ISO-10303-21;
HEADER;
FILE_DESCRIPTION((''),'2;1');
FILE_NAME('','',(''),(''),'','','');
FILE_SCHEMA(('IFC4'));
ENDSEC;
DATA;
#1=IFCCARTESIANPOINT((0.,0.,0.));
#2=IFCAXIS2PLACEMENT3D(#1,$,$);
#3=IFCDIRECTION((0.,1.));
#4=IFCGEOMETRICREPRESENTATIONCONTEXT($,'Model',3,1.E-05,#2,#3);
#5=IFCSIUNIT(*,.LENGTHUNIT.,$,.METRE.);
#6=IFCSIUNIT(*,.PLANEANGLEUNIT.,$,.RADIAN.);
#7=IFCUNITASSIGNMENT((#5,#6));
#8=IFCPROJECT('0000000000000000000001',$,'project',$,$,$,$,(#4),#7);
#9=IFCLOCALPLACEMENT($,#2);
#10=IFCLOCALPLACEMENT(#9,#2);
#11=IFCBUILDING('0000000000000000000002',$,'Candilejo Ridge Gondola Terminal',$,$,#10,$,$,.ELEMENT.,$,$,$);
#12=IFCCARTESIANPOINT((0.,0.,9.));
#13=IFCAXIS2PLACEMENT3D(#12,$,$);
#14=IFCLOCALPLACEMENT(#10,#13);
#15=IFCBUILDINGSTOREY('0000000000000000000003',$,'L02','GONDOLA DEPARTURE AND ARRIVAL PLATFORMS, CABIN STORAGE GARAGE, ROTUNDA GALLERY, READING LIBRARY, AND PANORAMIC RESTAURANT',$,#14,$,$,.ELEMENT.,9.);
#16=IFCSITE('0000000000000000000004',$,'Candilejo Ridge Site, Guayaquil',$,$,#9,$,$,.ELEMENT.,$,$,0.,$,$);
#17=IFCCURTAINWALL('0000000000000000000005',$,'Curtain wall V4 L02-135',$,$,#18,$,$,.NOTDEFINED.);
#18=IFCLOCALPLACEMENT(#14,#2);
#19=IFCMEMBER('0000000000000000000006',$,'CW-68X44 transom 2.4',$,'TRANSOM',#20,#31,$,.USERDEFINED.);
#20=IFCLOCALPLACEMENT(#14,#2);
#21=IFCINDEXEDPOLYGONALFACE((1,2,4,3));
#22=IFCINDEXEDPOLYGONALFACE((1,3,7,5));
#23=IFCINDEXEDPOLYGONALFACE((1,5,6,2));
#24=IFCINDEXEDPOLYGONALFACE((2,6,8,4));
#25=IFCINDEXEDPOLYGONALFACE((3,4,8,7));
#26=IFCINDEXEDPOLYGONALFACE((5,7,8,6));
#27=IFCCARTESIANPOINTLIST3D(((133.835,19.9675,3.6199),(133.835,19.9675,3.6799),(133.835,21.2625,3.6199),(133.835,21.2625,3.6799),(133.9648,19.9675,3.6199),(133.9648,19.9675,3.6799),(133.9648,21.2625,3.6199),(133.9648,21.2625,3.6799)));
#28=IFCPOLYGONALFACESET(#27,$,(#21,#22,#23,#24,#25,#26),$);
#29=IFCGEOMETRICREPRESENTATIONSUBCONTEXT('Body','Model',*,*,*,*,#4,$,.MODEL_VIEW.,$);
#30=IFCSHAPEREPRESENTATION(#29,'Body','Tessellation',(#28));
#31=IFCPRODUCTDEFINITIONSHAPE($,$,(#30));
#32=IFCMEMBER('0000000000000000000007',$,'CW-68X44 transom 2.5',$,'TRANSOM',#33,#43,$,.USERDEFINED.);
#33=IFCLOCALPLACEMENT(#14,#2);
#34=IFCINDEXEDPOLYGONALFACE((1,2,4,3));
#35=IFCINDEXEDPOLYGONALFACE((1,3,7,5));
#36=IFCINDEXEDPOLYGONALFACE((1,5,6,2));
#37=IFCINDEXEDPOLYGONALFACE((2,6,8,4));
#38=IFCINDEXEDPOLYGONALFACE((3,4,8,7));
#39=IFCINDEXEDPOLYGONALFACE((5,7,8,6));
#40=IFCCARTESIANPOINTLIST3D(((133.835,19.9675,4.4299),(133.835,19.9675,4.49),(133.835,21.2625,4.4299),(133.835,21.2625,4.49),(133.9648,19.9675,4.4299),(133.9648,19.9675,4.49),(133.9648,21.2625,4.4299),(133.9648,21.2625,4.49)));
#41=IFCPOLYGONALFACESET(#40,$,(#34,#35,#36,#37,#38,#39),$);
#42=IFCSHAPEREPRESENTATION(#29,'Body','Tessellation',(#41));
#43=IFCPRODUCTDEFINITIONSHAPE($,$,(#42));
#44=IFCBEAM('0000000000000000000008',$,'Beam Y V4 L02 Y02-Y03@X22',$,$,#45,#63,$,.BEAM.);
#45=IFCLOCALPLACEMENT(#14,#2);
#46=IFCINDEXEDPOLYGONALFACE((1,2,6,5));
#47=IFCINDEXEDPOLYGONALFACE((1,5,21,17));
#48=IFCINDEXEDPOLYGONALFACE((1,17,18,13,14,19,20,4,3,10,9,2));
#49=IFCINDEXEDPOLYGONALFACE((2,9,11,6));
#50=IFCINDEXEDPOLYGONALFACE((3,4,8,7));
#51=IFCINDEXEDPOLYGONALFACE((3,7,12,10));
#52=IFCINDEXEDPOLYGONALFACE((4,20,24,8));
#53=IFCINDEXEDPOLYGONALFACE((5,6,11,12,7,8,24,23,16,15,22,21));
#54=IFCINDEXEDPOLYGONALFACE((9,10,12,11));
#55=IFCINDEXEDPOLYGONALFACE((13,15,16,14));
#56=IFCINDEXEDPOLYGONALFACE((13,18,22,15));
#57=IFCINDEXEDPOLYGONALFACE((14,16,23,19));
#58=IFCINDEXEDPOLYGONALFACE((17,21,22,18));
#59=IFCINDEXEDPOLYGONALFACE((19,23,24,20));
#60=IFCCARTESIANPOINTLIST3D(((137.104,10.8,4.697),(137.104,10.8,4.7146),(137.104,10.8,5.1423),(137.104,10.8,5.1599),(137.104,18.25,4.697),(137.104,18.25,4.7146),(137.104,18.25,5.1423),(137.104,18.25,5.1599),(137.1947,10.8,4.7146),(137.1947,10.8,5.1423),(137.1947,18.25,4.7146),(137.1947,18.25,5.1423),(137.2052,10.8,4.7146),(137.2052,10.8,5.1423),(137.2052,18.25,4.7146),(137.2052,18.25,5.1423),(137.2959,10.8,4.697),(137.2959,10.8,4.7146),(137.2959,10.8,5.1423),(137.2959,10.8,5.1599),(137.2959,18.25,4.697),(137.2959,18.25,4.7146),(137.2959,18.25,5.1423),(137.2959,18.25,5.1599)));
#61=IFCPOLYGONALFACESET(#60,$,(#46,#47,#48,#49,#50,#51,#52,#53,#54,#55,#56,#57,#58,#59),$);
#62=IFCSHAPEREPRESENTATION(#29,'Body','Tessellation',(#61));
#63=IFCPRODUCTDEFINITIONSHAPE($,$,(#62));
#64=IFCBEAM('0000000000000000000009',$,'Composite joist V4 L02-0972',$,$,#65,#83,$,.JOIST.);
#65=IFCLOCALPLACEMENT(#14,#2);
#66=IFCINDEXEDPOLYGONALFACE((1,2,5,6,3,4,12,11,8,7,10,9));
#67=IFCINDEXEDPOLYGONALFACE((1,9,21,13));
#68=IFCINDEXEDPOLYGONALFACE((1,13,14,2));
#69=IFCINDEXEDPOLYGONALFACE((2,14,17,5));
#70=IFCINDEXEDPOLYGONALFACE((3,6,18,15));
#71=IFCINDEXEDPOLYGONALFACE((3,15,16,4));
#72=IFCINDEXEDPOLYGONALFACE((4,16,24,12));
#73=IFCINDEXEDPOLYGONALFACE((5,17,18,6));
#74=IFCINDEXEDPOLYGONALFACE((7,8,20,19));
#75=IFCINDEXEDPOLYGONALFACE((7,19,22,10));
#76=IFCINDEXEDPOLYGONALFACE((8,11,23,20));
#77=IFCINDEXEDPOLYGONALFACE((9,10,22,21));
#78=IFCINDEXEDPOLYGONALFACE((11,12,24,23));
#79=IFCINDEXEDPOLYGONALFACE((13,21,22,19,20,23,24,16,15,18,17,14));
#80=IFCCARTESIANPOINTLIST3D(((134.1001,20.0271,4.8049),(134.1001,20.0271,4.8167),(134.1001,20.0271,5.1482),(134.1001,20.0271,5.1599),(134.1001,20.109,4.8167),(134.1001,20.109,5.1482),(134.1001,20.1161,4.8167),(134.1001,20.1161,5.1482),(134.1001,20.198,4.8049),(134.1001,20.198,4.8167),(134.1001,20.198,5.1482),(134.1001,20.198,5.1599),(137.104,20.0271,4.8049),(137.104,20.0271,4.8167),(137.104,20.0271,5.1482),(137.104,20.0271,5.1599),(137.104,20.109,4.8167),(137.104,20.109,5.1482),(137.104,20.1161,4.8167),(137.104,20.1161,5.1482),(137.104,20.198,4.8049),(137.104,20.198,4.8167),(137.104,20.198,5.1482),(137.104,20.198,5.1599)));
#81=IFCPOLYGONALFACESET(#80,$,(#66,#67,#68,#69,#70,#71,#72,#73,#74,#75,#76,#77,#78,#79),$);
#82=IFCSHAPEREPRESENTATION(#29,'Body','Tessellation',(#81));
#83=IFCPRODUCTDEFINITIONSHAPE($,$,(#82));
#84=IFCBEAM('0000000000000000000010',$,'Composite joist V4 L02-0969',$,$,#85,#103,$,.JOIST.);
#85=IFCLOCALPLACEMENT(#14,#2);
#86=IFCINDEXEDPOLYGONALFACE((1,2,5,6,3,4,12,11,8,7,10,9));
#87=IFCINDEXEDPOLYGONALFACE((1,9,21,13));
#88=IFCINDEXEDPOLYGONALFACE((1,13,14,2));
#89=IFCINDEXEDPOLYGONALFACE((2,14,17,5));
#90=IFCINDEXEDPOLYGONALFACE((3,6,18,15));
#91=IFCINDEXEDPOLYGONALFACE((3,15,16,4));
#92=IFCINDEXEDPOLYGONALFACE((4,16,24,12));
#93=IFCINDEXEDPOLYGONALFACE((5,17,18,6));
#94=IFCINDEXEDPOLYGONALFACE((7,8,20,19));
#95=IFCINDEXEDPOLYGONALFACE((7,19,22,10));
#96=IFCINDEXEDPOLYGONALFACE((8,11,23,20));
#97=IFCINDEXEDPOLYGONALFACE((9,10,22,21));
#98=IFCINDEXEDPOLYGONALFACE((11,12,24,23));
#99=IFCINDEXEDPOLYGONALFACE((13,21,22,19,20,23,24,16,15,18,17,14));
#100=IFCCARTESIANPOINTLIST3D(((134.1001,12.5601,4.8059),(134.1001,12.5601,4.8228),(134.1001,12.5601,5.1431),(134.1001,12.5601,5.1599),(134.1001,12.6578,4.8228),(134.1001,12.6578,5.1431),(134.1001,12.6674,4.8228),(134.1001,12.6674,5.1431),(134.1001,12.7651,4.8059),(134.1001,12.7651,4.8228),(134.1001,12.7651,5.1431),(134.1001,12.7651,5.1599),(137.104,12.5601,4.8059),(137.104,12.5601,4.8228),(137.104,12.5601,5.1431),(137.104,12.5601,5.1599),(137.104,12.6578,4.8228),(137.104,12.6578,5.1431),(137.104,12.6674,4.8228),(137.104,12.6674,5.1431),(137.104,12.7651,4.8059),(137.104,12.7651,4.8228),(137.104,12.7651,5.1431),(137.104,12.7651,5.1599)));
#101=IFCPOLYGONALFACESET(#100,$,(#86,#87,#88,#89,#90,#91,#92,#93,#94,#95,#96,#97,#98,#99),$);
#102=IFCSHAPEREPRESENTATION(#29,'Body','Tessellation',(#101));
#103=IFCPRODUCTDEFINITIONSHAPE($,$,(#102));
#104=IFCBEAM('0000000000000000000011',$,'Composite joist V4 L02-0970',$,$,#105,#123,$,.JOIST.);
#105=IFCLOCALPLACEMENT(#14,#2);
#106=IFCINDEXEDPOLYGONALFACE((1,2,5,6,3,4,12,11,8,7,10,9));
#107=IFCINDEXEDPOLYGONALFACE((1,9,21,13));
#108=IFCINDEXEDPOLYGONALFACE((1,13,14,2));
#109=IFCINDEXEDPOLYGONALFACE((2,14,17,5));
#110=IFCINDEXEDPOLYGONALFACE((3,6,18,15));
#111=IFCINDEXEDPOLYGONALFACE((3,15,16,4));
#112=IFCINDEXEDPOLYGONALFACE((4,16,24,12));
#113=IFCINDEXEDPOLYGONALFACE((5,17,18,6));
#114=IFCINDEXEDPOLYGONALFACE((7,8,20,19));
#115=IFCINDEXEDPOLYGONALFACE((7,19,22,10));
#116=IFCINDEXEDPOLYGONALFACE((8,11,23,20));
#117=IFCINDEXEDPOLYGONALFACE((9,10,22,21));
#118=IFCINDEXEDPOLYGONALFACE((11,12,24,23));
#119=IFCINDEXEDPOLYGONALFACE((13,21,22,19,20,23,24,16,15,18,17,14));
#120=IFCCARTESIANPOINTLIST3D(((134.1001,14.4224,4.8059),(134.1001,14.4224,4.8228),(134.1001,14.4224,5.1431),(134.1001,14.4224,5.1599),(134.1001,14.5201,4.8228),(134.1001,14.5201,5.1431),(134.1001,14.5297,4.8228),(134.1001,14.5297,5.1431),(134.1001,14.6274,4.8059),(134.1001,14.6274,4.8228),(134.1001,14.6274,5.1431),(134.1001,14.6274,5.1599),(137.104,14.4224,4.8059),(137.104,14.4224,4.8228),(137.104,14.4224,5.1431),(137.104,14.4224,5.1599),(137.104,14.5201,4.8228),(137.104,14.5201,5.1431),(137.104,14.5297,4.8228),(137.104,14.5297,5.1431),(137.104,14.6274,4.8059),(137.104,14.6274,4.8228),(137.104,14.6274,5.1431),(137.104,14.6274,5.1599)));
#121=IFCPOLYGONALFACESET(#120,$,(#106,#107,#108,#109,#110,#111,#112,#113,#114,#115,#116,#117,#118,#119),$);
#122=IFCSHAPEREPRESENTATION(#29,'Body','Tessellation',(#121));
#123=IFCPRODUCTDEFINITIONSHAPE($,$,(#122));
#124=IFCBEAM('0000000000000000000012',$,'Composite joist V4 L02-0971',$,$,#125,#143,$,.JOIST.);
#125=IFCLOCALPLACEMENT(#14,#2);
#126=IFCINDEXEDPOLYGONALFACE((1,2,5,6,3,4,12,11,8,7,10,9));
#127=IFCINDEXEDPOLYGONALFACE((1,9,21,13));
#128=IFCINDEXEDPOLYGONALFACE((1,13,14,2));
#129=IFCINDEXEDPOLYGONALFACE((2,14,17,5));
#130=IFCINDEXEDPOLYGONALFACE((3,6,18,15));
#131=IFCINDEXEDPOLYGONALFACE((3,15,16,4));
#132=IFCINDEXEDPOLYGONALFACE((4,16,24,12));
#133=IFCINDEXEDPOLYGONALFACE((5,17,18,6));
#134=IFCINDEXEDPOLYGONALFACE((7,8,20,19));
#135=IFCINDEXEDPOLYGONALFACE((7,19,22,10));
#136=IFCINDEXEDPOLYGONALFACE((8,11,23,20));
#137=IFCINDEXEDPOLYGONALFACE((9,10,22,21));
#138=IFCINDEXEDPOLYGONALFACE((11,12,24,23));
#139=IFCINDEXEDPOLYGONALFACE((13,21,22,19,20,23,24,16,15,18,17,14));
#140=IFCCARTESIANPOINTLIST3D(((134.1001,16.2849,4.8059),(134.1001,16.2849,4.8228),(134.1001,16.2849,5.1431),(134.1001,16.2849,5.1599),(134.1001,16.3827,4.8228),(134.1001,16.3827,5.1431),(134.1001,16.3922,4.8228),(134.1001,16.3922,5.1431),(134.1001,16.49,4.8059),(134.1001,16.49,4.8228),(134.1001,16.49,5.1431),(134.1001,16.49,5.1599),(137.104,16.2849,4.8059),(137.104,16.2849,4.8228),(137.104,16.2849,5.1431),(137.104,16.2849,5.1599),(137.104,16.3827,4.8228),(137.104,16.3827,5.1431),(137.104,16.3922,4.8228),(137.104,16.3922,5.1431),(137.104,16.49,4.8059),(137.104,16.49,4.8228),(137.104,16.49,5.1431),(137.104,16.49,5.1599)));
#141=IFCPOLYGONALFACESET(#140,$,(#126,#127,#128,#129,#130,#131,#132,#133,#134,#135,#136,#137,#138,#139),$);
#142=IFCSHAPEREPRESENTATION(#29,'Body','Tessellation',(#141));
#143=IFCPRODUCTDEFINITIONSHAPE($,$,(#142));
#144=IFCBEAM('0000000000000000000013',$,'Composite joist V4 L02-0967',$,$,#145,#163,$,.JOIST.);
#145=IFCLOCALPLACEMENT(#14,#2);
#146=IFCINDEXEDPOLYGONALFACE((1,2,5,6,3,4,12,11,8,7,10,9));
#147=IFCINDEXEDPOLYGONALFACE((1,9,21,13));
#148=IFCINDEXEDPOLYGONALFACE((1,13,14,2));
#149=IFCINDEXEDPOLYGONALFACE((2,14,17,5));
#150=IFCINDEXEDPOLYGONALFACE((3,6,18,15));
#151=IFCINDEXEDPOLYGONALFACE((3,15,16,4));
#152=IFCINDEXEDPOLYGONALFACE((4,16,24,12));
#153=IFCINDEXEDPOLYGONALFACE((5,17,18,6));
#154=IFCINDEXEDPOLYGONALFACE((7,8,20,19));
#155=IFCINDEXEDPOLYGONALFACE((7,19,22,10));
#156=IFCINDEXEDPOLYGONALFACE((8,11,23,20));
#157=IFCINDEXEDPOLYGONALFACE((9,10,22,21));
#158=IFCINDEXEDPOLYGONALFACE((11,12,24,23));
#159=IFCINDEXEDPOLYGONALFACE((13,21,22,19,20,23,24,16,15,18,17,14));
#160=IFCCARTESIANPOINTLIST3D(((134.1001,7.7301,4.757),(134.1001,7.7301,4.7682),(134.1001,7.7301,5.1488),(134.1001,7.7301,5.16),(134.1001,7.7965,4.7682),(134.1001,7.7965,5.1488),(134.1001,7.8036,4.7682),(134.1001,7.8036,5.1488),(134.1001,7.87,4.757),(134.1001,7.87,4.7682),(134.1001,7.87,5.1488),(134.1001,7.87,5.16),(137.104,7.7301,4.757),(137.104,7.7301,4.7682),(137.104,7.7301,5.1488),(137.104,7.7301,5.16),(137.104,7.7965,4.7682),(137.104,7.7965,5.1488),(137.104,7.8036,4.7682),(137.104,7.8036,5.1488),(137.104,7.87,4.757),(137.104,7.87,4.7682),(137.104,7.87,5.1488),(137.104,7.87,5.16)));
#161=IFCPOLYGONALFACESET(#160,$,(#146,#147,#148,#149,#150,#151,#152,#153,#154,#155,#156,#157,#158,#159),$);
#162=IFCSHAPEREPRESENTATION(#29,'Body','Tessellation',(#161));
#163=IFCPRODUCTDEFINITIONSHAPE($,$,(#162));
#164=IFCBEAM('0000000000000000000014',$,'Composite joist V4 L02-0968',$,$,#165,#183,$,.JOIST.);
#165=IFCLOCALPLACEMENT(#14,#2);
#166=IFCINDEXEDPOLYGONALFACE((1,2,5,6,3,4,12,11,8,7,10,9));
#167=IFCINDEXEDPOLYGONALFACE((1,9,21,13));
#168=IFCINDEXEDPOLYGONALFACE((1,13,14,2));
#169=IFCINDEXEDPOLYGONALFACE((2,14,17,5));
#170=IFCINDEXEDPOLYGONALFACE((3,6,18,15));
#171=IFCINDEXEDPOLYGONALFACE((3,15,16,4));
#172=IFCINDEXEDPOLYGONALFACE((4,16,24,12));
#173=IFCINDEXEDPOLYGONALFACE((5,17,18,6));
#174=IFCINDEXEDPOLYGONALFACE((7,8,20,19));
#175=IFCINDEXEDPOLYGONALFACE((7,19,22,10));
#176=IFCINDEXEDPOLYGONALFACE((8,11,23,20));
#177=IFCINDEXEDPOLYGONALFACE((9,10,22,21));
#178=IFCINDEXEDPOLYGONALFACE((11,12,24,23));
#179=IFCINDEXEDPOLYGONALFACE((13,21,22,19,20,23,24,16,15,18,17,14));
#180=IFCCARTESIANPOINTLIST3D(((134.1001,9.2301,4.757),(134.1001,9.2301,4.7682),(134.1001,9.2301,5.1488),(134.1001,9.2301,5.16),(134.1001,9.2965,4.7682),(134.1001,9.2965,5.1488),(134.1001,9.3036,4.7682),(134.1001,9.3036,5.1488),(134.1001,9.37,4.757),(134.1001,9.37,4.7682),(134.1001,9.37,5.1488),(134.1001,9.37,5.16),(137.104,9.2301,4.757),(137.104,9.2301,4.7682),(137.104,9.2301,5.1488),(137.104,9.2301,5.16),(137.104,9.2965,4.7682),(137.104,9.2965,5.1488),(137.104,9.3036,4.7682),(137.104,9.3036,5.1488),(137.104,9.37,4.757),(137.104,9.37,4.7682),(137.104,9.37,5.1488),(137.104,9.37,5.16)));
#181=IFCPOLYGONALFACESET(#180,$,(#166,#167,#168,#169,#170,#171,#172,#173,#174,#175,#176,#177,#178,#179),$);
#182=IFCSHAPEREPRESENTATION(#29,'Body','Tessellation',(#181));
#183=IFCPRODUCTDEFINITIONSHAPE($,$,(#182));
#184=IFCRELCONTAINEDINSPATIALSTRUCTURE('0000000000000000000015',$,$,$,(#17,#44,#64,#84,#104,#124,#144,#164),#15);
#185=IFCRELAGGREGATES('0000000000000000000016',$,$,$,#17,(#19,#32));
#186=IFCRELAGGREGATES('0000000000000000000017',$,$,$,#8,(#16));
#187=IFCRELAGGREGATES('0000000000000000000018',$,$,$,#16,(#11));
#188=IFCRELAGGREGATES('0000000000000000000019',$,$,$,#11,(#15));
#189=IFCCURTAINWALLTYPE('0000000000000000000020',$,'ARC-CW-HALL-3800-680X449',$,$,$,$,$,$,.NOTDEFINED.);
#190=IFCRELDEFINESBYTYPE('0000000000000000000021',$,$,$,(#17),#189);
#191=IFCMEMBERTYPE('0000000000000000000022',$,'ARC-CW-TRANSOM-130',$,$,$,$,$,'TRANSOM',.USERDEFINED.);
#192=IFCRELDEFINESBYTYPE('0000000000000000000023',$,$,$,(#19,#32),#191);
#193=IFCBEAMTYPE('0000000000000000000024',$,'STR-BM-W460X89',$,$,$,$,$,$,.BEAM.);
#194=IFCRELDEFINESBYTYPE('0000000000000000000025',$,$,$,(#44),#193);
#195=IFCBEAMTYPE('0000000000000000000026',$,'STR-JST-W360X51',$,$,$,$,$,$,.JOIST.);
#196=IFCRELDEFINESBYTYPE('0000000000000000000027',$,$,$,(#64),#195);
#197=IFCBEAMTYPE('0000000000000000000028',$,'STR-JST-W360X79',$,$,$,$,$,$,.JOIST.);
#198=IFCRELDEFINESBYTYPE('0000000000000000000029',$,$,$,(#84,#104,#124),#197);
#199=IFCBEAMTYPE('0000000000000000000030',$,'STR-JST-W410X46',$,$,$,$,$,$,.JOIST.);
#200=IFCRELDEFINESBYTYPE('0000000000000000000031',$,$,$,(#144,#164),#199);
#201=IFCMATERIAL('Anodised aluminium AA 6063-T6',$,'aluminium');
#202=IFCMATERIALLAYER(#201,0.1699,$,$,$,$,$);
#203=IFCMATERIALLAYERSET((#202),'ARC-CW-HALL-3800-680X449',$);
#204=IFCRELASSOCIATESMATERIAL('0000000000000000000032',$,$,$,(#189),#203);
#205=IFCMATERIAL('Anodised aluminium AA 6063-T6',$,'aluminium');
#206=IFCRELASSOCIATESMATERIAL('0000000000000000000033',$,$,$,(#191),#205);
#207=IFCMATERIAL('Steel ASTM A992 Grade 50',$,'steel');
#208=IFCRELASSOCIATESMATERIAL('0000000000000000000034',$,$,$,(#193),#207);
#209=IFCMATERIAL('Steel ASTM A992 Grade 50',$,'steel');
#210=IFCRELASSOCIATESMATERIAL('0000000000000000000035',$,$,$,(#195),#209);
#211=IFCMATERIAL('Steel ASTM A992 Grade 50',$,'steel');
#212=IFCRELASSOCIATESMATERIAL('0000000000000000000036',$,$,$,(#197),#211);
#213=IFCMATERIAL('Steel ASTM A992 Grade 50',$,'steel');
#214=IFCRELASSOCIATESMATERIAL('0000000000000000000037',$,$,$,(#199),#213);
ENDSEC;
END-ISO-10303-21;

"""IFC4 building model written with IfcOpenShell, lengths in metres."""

from ifc_helpers import new_model, si_unit, direction, frame, origin, origin_2d, place, context, subcontext, project, spatial, rectangle, i_section, extrude, material, layer, layer_set, material_profile, profile_set, type_object, element, aggregate, save


model = new_model("IFC4")

# Units and contexts
model_context = context("Model", 3, precision=1e-05, world=origin(), true_north=direction((0.0, 1.0)))
body_context = subcontext(model_context, "Body", "Model", "MODEL_VIEW")
ifc_project = project(units=[si_unit("LENGTHUNIT", "METRE"), si_unit("PLANEANGLEUNIT", "RADIAN")], contexts=[model_context])

# Site, building, storey
site_placement = place(None, origin())
site = spatial("IfcSite", under=ifc_project, at=site_placement, Name="Candilejo Ridge Site, Guayaquil", CompositionType="ELEMENT", RefElevation=0.0)
building_placement = place(site_placement, origin())
building = spatial("IfcBuilding", under=site, at=building_placement, Name="Candilejo Ridge Gondola Terminal", CompositionType="ELEMENT")
storey_placement = place(building_placement, frame((0.0, 0.0, 9.0)))
storey = spatial("IfcBuildingStorey", under=building, at=storey_placement, Name="L02", Description="GONDOLA DEPARTURE AND ARRIVAL PLATFORMS, CABIN STORAGE GARAGE, ROTUNDA GALLERY, READING LIBRARY, AND PANORAMIC RESTAURANT", CompositionType="ELEMENT", Elevation=9.0)

# Curtain wall
ifc_material_1 = material(Name="Anodised aluminium AA 6063-T6", Category="aluminium")
ifc_layer_1 = layer(ifc_material_1, 0.1699)
ifc_layer_set_1 = layer_set([ifc_layer_1], Name="ARC-CW-HALL-3800-680X449")
curtain_wall_type = type_object("IfcCurtainWallType", Name="ARC-CW-HALL-3800-680X449", PredefinedType="NOTDEFINED", material=ifc_layer_set_1)
curtain_wall_1_placement = place(storey_placement, origin())
curtain_wall_1 = element("IfcCurtainWall", 1, at=curtain_wall_1_placement, inside=storey, type_object=curtain_wall_type, Name="Curtain wall V4 L02-135", PredefinedType="NOTDEFINED")
ifc_material_2 = material(Name="Anodised aluminium AA 6063-T6", Category="aluminium")
ifc_material_profile_1 = material_profile(ifc_material_2, rectangle(XDim=0.1299, YDim=0.0601, at=origin_2d()))
ifc_profile_set_1 = profile_set([ifc_material_profile_1], Name="Anodised aluminium AA 6063-T6")
member_type_1 = type_object("IfcMemberType", Name="ARC-CW-TRANSOM-130", ElementType="TRANSOM", PredefinedType="USERDEFINED", material=ifc_profile_set_1)

# Members
member_1_placement = place(storey_placement, frame((133.8999, 19.9675, 3.6499), z_axis=(0.0, 1.0, 0.0), x_axis=(-1.0, 0.0, 0.0)))
member_1 = element("IfcMember", 2, at=member_1_placement, type_object=member_type_1, Name="CW-68X44 transom 2.4", ObjectType="TRANSOM", PredefinedType="USERDEFINED", context=body_context, shape_type="SweptSolid", body=[
    extrude(rectangle(XDim=0.1299, YDim=0.0601, at=origin_2d()), origin(), (0.0, 0.0, 1.0), 1.2949),
])
member_2_placement = place(storey_placement, frame((133.8999, 19.9675, 4.46), z_axis=(0.0, 1.0, 0.0), x_axis=(-1.0, 0.0, 0.0)))
member_2 = element("IfcMember", 3, at=member_2_placement, type_object=member_type_1, Name="CW-68X44 transom 2.5", ObjectType="TRANSOM", PredefinedType="USERDEFINED", context=body_context, shape_type="SweptSolid", body=[
    extrude(rectangle(XDim=0.1299, YDim=0.0601, at=origin_2d()), origin(), (0.0, 0.0, 1.0), 1.2949),
])

# Beams
ifc_material_3 = material(Name="Steel ASTM A992 Grade 50", Category="steel")
ifc_material_profile_2 = material_profile(ifc_material_3, i_section(OverallWidth=0.1919, OverallDepth=0.4629, WebThickness=0.0105, FlangeThickness=0.0176, at=origin_2d()))
ifc_profile_set_2 = profile_set([ifc_material_profile_2], Name="Steel ASTM A992 Grade 50")
beam_type_1 = type_object("IfcBeamType", Name="STR-BM-W460X89", PredefinedType="BEAM", material=ifc_profile_set_2)
beam_1_placement = place(storey_placement, frame((137.2, 10.8, 4.9285), z_axis=(0.0, 1.0, 0.0), x_axis=(-1.0, 0.0, 0.0)))
element("IfcBeam", 4, at=beam_1_placement, inside=storey, type_object=beam_type_1, Name="Beam Y V4 L02 Y02-Y03@X22", PredefinedType="BEAM", context=body_context, shape_type="SweptSolid", body=[
    extrude(i_section(OverallWidth=0.1919, OverallDepth=0.4629, WebThickness=0.0105, FlangeThickness=0.0176, at=origin_2d()), origin(), (0.0, 0.0, 1.0), 7.45),
])
ifc_material_4 = material(Name="Steel ASTM A992 Grade 50", Category="steel")
ifc_material_profile_3 = material_profile(ifc_material_4, i_section(OverallWidth=0.1709, OverallDepth=0.355, WebThickness=0.0071, FlangeThickness=0.0117, at=origin_2d()))
ifc_profile_set_3 = profile_set([ifc_material_profile_3], Name="Steel ASTM A992 Grade 50")
beam_type_2 = type_object("IfcBeamType", Name="STR-JST-W360X51", PredefinedType="JOIST", material=ifc_profile_set_3)
beam_2_placement = place(storey_placement, frame((134.1001, 20.1125, 4.9824), z_axis=(1.0, 0.0, 0.0), x_axis=(0.0, 1.0, 0.0)))
element("IfcBeam", 5, at=beam_2_placement, inside=storey, type_object=beam_type_2, Name="Composite joist V4 L02-0972", PredefinedType="JOIST", context=body_context, shape_type="SweptSolid", body=[
    extrude(i_section(OverallWidth=0.1709, OverallDepth=0.355, WebThickness=0.0071, FlangeThickness=0.0117, at=origin_2d()), origin(), (0.0, 0.0, 1.0), 3.0039),
])
ifc_material_5 = material(Name="Steel ASTM A992 Grade 50", Category="steel")
ifc_material_profile_4 = material_profile(ifc_material_5, i_section(OverallWidth=0.2051, OverallDepth=0.354, WebThickness=0.0095, FlangeThickness=0.0168, at=origin_2d()))
ifc_profile_set_4 = profile_set([ifc_material_profile_4], Name="Steel ASTM A992 Grade 50")
beam_type_3 = type_object("IfcBeamType", Name="STR-JST-W360X79", PredefinedType="JOIST", material=ifc_profile_set_4)
for number, where, z_axis, x_axis, name in (
    (6, (134.1001, 12.6626, 4.9829), (1.0, 0.0, 0.0), (0.0, 1.0, 0.0), "Composite joist V4 L02-0969"),
    (7, (134.1001, 14.5249, 4.9829), (1.0, 0.0, 0.0), (0.0, 1.0, 0.0), "Composite joist V4 L02-0970"),
    (8, (134.1001, 16.3875, 4.9829), (1.0, 0.0, 0.0), (0.0, 1.0, 0.0), "Composite joist V4 L02-0971"),
):
    element("IfcBeam", number, at=place(storey_placement, frame(where, z_axis=z_axis, x_axis=x_axis)), inside=storey, type_object=beam_type_3, Name=name, PredefinedType="JOIST", context=body_context, shape_type="SweptSolid", body=[
        extrude(i_section(OverallWidth=0.2051, OverallDepth=0.354, WebThickness=0.0095, FlangeThickness=0.0168, at=origin_2d()), origin(), (0.0, 0.0, 1.0), 3.0039),
    ])
ifc_material_6 = material(Name="Steel ASTM A992 Grade 50", Category="steel")
ifc_material_profile_5 = material_profile(ifc_material_6, i_section(OverallWidth=0.1399, OverallDepth=0.4031, WebThickness=0.0071, FlangeThickness=0.0112, at=origin_2d()))
ifc_profile_set_5 = profile_set([ifc_material_profile_5], Name="Steel ASTM A992 Grade 50")
beam_type_4 = type_object("IfcBeamType", Name="STR-JST-W410X46", PredefinedType="JOIST", material=ifc_profile_set_5)
for number, where, z_axis, x_axis, name in (
    (9, (134.1001, 7.8, 4.9585), (1.0, 0.0, 0.0), (0.0, 1.0, 0.0), "Composite joist V4 L02-0967"),
    (10, (134.1001, 9.3, 4.9585), (1.0, 0.0, 0.0), (0.0, 1.0, 0.0), "Composite joist V4 L02-0968"),
):
    element("IfcBeam", number, at=place(storey_placement, frame(where, z_axis=z_axis, x_axis=x_axis)), inside=storey, type_object=beam_type_4, Name=name, PredefinedType="JOIST", context=body_context, shape_type="SweptSolid", body=[
        extrude(i_section(OverallWidth=0.1399, OverallDepth=0.4031, WebThickness=0.0071, FlangeThickness=0.0112, at=origin_2d()), origin(), (0.0, 0.0, 1.0), 3.0039),
    ])

aggregate(curtain_wall_1, [member_1, member_2])

save(model, "model.ifc")
